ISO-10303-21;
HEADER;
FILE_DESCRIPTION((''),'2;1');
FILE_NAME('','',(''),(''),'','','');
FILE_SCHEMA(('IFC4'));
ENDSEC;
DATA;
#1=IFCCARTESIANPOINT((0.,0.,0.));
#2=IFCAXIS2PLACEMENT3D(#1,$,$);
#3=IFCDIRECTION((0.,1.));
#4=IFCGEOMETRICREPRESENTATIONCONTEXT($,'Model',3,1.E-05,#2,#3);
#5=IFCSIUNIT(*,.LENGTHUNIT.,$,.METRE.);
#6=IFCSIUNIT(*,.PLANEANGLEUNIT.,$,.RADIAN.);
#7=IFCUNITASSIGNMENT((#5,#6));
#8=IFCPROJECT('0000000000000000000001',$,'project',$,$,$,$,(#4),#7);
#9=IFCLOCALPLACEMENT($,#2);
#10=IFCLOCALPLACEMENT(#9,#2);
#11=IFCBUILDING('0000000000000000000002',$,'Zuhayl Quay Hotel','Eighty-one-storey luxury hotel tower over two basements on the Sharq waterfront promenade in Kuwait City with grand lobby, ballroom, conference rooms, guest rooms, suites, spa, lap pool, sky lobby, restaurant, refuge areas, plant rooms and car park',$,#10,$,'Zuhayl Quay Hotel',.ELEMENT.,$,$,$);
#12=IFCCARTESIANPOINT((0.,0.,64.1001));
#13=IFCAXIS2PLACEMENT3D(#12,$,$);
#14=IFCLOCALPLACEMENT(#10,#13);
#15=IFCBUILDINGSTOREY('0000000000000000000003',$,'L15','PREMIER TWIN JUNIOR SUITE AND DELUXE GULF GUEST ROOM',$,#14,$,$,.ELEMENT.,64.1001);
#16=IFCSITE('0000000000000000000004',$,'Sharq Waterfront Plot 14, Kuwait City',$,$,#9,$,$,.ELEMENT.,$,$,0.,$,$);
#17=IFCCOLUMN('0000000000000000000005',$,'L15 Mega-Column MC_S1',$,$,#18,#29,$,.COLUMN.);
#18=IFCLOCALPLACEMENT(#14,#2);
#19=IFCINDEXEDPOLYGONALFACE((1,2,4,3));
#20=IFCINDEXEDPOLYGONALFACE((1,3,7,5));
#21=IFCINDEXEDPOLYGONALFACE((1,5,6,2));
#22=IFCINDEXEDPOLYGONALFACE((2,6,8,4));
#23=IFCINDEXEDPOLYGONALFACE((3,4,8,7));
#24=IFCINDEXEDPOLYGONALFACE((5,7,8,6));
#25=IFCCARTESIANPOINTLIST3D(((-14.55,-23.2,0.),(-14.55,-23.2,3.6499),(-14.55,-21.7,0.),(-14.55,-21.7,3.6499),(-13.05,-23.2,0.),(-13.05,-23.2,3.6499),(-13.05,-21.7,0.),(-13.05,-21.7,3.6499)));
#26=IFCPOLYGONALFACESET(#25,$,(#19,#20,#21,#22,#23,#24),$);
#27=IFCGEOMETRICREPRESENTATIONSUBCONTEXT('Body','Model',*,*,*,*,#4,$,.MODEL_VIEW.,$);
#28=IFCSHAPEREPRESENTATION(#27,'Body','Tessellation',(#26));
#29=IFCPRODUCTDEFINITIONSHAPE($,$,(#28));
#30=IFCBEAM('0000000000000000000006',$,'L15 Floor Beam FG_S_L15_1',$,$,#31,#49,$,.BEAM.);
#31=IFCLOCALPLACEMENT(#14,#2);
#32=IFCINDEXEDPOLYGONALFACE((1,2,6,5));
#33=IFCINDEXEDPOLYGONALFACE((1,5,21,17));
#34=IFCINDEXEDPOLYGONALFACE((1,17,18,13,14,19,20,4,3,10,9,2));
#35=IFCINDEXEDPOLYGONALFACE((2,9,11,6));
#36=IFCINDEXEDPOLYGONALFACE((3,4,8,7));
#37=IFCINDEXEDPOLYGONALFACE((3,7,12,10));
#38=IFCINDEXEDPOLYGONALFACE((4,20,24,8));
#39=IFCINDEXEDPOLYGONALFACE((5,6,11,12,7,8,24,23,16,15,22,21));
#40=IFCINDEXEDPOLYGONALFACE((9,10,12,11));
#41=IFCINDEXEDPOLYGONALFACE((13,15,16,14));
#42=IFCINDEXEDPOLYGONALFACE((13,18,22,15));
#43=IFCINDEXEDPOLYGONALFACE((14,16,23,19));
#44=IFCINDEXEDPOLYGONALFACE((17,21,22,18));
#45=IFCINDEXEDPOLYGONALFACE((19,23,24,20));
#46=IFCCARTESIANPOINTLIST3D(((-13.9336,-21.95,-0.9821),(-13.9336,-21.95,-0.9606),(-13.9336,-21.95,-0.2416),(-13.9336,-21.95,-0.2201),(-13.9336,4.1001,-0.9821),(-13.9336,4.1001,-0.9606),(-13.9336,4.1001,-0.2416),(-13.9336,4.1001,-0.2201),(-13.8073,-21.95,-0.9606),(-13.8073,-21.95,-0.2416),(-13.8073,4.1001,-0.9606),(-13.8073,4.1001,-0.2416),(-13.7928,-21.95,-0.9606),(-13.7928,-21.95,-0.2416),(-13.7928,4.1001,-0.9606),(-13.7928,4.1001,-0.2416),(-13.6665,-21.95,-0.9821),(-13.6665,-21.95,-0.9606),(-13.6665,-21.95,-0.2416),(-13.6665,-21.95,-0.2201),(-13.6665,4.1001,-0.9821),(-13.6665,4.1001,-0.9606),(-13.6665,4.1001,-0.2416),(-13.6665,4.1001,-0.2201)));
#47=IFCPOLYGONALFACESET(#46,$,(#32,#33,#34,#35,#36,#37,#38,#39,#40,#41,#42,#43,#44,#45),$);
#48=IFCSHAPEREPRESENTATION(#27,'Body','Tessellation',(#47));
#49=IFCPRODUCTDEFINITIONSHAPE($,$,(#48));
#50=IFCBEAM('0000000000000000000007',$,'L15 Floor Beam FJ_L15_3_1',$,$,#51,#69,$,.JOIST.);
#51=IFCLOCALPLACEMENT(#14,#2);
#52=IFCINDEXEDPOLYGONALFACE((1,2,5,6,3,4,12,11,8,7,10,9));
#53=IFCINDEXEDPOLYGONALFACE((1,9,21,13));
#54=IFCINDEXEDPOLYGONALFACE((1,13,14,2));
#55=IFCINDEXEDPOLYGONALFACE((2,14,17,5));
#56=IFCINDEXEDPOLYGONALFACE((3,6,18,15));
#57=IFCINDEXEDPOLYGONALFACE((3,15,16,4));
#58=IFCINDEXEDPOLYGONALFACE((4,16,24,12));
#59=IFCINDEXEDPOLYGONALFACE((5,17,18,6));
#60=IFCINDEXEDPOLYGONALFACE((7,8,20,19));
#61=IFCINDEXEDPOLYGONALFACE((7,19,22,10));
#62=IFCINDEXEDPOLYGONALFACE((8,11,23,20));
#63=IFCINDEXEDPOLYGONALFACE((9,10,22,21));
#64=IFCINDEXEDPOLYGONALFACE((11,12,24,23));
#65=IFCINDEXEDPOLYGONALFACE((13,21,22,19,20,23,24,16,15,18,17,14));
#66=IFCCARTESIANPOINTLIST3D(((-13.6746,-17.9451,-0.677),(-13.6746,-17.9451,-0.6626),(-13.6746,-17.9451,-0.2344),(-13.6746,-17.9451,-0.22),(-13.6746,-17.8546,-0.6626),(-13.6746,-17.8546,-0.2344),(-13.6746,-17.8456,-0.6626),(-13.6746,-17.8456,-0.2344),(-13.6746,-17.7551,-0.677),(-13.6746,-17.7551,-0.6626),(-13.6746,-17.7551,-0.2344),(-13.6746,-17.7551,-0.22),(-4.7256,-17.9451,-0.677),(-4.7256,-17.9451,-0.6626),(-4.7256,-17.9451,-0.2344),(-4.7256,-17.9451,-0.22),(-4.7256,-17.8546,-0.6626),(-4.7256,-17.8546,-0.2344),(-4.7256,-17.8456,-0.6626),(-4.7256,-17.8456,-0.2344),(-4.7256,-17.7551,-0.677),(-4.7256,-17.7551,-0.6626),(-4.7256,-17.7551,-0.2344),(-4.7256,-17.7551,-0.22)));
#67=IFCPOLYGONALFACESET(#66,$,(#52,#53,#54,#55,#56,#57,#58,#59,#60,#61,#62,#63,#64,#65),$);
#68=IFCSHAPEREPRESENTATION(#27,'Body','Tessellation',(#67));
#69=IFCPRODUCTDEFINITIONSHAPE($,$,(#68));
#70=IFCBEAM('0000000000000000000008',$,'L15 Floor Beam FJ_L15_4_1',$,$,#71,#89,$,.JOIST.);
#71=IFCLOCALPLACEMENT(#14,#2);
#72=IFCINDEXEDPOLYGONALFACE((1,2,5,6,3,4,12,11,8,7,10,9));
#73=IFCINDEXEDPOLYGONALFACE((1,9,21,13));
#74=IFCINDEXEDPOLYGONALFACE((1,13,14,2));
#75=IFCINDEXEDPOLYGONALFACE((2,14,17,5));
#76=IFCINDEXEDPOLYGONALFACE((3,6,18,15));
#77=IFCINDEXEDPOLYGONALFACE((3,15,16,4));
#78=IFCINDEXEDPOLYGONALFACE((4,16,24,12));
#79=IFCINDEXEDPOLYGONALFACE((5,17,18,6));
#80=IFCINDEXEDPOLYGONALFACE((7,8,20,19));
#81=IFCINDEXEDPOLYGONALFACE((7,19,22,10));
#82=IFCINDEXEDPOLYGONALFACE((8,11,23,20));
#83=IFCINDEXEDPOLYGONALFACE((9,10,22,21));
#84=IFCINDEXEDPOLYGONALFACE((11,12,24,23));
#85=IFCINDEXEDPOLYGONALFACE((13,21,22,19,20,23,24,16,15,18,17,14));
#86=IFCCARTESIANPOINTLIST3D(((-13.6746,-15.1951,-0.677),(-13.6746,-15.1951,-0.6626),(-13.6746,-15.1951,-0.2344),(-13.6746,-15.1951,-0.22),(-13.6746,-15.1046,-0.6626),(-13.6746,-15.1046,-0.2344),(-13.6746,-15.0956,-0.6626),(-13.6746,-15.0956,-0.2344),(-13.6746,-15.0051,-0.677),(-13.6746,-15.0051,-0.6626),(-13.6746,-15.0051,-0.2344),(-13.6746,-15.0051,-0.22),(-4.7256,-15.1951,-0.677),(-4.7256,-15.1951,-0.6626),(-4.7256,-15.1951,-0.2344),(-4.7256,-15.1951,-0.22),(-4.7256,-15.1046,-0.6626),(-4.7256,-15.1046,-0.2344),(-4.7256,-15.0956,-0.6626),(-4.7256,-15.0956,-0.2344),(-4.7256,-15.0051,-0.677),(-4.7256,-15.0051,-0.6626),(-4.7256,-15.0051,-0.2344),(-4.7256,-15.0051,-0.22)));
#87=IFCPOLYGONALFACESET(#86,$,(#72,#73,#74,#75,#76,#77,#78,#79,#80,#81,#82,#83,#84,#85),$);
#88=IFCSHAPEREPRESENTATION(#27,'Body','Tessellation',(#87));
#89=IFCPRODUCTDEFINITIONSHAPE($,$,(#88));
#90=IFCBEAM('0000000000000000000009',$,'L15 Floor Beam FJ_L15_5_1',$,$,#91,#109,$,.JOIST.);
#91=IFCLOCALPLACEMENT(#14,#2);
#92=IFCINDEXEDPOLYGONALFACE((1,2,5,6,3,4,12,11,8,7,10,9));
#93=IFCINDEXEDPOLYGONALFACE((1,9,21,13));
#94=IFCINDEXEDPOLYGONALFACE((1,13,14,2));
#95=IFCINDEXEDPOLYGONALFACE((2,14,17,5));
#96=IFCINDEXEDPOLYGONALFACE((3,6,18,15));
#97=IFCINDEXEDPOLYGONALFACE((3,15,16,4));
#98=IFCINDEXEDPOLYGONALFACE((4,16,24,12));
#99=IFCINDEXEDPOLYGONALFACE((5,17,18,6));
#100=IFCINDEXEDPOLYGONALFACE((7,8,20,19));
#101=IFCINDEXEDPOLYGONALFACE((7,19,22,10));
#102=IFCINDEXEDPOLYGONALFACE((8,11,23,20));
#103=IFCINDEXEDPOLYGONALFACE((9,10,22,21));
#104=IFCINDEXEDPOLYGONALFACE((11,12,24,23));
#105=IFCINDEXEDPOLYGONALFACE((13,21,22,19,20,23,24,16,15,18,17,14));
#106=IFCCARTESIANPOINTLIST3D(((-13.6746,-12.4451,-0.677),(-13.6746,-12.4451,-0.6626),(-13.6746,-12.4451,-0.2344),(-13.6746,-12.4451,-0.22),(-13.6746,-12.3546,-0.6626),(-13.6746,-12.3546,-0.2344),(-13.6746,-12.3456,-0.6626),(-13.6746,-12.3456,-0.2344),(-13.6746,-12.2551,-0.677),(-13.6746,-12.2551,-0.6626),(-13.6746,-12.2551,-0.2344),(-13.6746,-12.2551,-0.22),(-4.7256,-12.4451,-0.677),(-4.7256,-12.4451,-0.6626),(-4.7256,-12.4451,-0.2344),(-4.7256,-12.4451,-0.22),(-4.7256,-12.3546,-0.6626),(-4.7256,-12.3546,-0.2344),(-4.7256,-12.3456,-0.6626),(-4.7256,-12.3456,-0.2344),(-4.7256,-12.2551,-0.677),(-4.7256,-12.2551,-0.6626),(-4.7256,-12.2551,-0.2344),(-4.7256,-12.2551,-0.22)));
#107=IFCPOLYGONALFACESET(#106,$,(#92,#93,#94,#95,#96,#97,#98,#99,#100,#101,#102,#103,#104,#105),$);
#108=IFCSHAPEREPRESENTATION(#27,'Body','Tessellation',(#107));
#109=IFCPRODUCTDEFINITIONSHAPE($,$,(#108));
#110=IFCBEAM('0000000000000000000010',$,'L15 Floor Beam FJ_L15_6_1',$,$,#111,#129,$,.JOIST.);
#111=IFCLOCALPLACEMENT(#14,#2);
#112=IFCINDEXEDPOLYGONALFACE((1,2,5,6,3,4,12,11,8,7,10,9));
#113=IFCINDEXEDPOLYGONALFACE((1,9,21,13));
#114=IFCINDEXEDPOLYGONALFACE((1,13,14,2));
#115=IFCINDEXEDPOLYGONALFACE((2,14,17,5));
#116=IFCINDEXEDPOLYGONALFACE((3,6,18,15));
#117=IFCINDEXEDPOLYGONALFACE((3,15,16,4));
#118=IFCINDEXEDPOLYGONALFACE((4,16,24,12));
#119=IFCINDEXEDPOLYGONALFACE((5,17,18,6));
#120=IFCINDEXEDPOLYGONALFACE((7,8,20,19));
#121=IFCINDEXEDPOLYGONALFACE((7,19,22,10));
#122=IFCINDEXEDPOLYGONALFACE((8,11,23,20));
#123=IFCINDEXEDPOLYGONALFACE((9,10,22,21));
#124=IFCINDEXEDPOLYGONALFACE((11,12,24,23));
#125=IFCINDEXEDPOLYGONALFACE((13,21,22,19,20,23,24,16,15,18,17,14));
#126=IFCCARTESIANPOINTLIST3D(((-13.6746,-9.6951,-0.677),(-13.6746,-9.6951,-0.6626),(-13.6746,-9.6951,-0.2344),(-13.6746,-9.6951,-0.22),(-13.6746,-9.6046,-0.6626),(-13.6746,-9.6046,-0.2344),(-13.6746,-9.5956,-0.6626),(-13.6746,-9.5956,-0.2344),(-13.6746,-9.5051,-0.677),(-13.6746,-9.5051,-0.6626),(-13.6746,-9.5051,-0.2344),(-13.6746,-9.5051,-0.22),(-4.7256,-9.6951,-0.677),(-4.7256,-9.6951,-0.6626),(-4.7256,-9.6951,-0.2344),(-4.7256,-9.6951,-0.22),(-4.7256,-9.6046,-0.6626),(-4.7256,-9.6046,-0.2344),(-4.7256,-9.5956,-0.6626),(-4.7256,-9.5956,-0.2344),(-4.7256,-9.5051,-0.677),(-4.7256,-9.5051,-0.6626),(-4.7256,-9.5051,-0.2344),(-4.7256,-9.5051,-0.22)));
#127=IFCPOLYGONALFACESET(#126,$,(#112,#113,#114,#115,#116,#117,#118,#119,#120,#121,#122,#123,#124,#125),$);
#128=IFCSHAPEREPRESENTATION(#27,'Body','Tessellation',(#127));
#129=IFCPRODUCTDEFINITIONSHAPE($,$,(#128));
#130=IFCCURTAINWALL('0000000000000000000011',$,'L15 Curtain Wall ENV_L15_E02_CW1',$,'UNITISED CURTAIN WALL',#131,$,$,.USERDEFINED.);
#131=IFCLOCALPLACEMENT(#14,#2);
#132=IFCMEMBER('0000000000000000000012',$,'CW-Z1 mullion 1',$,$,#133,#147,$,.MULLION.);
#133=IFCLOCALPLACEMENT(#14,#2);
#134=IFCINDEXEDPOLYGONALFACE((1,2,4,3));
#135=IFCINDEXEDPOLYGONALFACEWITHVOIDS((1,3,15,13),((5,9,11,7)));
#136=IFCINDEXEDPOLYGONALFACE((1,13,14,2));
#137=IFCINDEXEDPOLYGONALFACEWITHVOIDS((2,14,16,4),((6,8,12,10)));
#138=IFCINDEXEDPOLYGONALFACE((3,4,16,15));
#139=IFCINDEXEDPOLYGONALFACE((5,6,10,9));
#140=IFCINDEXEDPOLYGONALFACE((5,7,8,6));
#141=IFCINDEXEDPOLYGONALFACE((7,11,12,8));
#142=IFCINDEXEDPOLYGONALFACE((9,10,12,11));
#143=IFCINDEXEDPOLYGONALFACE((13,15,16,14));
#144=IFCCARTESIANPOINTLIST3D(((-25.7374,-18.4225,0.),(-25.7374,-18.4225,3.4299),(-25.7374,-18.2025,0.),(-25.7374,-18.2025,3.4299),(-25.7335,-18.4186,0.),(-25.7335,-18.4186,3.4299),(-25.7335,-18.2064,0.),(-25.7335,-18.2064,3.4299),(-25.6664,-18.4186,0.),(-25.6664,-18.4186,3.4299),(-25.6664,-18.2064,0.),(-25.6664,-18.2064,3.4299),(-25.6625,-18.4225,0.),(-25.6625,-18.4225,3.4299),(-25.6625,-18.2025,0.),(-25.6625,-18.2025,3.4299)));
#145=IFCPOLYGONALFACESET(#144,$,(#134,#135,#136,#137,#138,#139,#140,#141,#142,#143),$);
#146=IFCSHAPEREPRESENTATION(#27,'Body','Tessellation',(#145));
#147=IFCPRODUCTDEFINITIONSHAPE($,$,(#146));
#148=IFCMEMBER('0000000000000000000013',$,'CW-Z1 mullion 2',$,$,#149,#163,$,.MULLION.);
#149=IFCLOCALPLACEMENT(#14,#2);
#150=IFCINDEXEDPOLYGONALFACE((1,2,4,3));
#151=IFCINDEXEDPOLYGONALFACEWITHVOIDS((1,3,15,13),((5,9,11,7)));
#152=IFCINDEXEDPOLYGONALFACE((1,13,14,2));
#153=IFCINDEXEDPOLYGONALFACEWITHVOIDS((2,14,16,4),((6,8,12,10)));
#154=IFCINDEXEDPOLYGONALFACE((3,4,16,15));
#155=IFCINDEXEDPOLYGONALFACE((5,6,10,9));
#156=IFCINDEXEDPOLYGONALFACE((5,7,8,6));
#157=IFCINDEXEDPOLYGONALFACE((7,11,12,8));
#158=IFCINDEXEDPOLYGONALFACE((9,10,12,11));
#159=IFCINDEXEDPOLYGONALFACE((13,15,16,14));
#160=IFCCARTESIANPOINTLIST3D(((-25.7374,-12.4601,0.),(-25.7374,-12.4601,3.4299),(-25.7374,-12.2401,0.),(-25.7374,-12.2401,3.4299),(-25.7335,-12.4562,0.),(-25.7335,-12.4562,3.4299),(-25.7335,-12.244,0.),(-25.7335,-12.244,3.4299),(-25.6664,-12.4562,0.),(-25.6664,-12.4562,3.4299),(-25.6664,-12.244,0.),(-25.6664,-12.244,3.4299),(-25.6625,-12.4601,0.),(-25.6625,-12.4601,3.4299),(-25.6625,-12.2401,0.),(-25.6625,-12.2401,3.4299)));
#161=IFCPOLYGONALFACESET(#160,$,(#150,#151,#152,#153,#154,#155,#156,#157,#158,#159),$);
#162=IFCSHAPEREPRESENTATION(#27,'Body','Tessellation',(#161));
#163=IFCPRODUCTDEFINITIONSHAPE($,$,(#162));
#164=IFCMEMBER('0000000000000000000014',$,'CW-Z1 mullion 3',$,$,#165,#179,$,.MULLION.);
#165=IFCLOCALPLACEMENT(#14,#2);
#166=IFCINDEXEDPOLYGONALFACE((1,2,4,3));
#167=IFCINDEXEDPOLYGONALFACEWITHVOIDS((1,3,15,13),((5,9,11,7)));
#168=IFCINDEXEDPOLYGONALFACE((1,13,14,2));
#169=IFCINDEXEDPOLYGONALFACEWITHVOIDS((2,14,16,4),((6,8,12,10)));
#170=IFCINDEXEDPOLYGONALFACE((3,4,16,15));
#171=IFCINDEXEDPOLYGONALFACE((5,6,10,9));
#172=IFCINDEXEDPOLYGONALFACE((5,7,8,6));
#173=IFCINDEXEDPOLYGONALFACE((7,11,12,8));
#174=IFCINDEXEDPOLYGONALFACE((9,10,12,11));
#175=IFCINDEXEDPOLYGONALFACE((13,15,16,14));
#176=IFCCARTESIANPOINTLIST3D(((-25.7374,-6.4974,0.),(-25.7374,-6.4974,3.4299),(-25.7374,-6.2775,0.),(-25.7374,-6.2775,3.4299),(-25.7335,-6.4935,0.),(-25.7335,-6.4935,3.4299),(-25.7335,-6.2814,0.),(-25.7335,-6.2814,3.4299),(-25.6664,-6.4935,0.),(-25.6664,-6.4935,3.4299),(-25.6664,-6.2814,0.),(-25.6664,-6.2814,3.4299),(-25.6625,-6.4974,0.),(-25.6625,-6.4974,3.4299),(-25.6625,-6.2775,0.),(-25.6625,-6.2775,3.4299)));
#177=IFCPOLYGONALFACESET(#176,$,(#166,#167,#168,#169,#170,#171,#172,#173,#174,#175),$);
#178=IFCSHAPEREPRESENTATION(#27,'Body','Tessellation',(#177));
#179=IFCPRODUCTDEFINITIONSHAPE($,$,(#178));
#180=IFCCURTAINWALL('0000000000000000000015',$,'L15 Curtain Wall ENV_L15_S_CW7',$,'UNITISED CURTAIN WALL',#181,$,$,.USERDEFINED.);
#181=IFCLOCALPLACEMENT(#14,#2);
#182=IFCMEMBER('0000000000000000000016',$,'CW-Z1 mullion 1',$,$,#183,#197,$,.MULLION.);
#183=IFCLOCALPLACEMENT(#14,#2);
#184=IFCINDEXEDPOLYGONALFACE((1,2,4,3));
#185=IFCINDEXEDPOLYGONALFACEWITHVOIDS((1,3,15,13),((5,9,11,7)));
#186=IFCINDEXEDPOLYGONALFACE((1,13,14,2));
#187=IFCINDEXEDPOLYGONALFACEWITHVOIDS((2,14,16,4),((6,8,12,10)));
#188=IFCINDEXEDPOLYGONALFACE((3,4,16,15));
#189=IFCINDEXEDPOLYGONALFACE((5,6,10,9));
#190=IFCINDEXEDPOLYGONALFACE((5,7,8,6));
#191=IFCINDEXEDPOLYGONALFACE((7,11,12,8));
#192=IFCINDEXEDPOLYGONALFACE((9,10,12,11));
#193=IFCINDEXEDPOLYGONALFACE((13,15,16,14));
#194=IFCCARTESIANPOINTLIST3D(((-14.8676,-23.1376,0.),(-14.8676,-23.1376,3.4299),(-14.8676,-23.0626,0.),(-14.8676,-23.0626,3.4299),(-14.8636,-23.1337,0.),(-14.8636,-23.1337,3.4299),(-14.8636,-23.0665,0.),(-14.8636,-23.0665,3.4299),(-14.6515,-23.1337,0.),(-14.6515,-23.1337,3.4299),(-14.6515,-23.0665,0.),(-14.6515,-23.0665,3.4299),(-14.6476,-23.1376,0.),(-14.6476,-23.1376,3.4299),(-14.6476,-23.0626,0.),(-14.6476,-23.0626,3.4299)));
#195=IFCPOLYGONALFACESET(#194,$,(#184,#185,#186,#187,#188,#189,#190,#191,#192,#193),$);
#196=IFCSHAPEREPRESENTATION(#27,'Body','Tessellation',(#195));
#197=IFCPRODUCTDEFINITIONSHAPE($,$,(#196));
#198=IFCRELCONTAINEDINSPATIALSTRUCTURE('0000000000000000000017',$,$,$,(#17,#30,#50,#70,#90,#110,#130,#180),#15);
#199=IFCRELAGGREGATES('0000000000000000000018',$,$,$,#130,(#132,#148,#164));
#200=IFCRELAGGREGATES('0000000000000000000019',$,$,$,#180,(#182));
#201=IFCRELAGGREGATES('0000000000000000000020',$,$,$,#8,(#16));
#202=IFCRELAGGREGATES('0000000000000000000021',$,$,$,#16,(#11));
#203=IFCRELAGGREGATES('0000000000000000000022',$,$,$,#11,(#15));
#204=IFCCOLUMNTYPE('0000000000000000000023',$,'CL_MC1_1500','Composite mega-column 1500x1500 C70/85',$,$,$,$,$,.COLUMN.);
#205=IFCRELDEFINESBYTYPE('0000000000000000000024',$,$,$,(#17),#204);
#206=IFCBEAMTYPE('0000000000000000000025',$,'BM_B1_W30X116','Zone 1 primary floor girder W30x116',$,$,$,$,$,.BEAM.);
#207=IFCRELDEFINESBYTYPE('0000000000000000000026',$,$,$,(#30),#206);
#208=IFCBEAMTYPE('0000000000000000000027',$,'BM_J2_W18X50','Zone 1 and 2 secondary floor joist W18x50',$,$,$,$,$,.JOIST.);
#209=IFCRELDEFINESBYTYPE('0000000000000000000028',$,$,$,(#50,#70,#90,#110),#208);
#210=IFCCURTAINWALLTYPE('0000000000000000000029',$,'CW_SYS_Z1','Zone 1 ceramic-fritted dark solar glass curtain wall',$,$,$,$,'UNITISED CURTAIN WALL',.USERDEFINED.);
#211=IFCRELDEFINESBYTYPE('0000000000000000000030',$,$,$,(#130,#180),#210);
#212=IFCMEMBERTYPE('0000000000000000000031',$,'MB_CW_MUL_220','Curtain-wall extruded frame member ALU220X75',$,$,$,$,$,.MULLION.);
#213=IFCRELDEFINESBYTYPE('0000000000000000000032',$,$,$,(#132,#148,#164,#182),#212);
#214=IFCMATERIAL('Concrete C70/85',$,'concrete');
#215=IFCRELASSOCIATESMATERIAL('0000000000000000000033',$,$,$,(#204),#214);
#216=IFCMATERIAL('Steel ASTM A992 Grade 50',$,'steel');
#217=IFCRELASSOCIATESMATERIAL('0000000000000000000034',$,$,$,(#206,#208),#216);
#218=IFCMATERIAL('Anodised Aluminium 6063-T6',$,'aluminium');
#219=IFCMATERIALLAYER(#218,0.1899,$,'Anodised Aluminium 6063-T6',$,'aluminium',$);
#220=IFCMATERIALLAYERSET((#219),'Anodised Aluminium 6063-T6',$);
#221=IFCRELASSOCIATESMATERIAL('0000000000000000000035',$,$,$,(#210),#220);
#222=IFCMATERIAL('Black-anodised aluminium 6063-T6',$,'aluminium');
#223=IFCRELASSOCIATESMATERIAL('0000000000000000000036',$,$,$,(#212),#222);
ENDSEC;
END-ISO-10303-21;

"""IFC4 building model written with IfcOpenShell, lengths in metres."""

from ifc_helpers import new_model, si_unit, direction, frame, origin, origin_2d, place, context, subcontext, project, spatial, rectangle, hollow_rectangle, i_section, extrude, material, layer, layer_set, material_profile, profile_set, type_object, element, aggregate, save


model = new_model("IFC4")

# Units and contexts
model_context = context("Model", 3, precision=1e-05, world=origin(), true_north=direction((0.0, 1.0)))
body_context = subcontext(model_context, "Body", "Model", "MODEL_VIEW")
ifc_project = project(units=[si_unit("LENGTHUNIT", "METRE"), si_unit("PLANEANGLEUNIT", "RADIAN")], contexts=[model_context])

# Site, building, storey
site_placement = place(None, origin())
site = spatial("IfcSite", under=ifc_project, at=site_placement, Name="Sharq Waterfront Plot 14, Kuwait City", CompositionType="ELEMENT", RefElevation=0.0)
building_placement = place(site_placement, origin())
building = spatial("IfcBuilding", under=site, at=building_placement, Name="Zuhayl Quay Hotel", Description="Eighty-one-storey luxury hotel tower over two basements on the Sharq waterfront promenade in Kuwait City with grand lobby, ballroom, conference rooms, guest rooms, suites, spa, lap pool, sky lobby, restaurant, refuge areas, plant rooms and car park", LongName="Zuhayl Quay Hotel", CompositionType="ELEMENT")
storey_placement = place(building_placement, frame((0.0, 0.0, 64.1001)))
storey = spatial("IfcBuildingStorey", under=building, at=storey_placement, Name="L15", Description="PREMIER TWIN JUNIOR SUITE AND DELUXE GULF GUEST ROOM", CompositionType="ELEMENT", Elevation=64.1001)

# Column
ifc_material_1 = material(Name="Concrete C70/85", Category="concrete")
ifc_material_profile_1 = material_profile(ifc_material_1, rectangle(XDim=1.5, YDim=1.5, at=origin_2d()), Name="RC1500X1500")
ifc_profile_set_1 = profile_set([ifc_material_profile_1], Name="Concrete C70/85")
column_type = type_object("IfcColumnType", Name="CL_MC1_1500", Description="Composite mega-column 1500x1500 C70/85", PredefinedType="COLUMN", material=ifc_profile_set_1)
column_placement = place(storey_placement, frame((-13.8, -22.45, 0.0), z_axis=(0.0, 0.0, 1.0), x_axis=(1.0, 0.0, 0.0)))
element("IfcColumn", 1, at=column_placement, inside=storey, type_object=column_type, Name="L15 Mega-Column MC_S1", PredefinedType="COLUMN", context=body_context, shape_type="SweptSolid", body=[
    extrude(rectangle(XDim=1.5, YDim=1.5, at=origin_2d()), origin(), (0.0, 0.0, 1.0), 3.6499),
])

# Beams
ifc_material_2 = material(Name="Steel ASTM A992 Grade 50", Category="steel")
ifc_material_profile_2 = material_profile(ifc_material_2, i_section(OverallWidth=0.2671, OverallDepth=0.762, WebThickness=0.0144, FlangeThickness=0.0215, at=origin_2d()), Name="W30X116")
ifc_profile_set_2 = profile_set([ifc_material_profile_2], Name="Steel ASTM A992 Grade 50")
beam_type_1 = type_object("IfcBeamType", Name="BM_B1_W30X116", Description="Zone 1 primary floor girder W30x116", PredefinedType="BEAM", material=ifc_profile_set_2)
beam_placement = place(storey_placement, frame((-13.8, -21.95, -0.6011), z_axis=(0.0, 1.0, 0.0), x_axis=(-1.0, 0.0, 0.0)))
element("IfcBeam", 2, at=beam_placement, inside=storey, type_object=beam_type_1, Name="L15 Floor Beam FG_S_L15_1", PredefinedType="BEAM", context=body_context, shape_type="SweptSolid", body=[
    extrude(i_section(OverallWidth=0.2671, OverallDepth=0.762, WebThickness=0.0144, FlangeThickness=0.0215, at=origin_2d()), origin(), (0.0, 0.0, 1.0), 26.05),
])
ifc_material_profile_3 = material_profile(ifc_material_2, i_section(OverallWidth=0.1899, OverallDepth=0.457, WebThickness=0.009, FlangeThickness=0.0144, at=origin_2d()), Name="W18X50")
ifc_profile_set_3 = profile_set([ifc_material_profile_3], Name="Steel ASTM A992 Grade 50")
beam_type_2 = type_object("IfcBeamType", Name="BM_J2_W18X50", Description="Zone 1 and 2 secondary floor joist W18x50", PredefinedType="JOIST", material=ifc_profile_set_3)
for number, where, z_axis, x_axis, name in (
    (3, (-13.6746, -17.8501, -0.4485), (1.0, 0.0, 0.0), (0.0, 1.0, 0.0), "L15 Floor Beam FJ_L15_3_1"),
    (4, (-13.6746, -15.1001, -0.4485), (1.0, 0.0, 0.0), (0.0, 1.0, 0.0), "L15 Floor Beam FJ_L15_4_1"),
    (5, (-13.6746, -12.3501, -0.4485), (1.0, 0.0, 0.0), (0.0, 1.0, 0.0), "L15 Floor Beam FJ_L15_5_1"),
    (6, (-13.6746, -9.6001, -0.4485), (1.0, 0.0, 0.0), (0.0, 1.0, 0.0), "L15 Floor Beam FJ_L15_6_1"),
):
    element("IfcBeam", number, at=place(storey_placement, frame(where, z_axis=z_axis, x_axis=x_axis)), inside=storey, type_object=beam_type_2, Name=name, PredefinedType="JOIST", context=body_context, shape_type="SweptSolid", body=[
        extrude(i_section(OverallWidth=0.1899, OverallDepth=0.457, WebThickness=0.009, FlangeThickness=0.0144, at=origin_2d()), origin(), (0.0, 0.0, 1.0), 8.949),
    ])

# Curtain walls, members
ifc_material_3 = material(Name="Anodised Aluminium 6063-T6", Category="aluminium")
ifc_layer_1 = layer(ifc_material_3, 0.1899, Name="Anodised Aluminium 6063-T6", Category="aluminium")
ifc_layer_set_1 = layer_set([ifc_layer_1], Name="Anodised Aluminium 6063-T6")
curtain_wall_type = type_object("IfcCurtainWallType", Name="CW_SYS_Z1", Description="Zone 1 ceramic-fritted dark solar glass curtain wall", ElementType="UNITISED CURTAIN WALL", PredefinedType="USERDEFINED", material=ifc_layer_set_1)
curtain_wall_1_placement = place(storey_placement, origin())
curtain_wall_1 = element("IfcCurtainWall", 7, at=curtain_wall_1_placement, inside=storey, type_object=curtain_wall_type, Name="L15 Curtain Wall ENV_L15_E02_CW1", ObjectType="UNITISED CURTAIN WALL", PredefinedType="USERDEFINED")
ifc_material_4 = material(Name="Black-anodised aluminium 6063-T6", Category="aluminium")
ifc_material_profile_4 = material_profile(ifc_material_4, hollow_rectangle(XDim=0.075, YDim=0.22, WallThickness=0.0039, at=origin_2d()), Name="ALU220X75")
ifc_profile_set_4 = profile_set([ifc_material_profile_4], Name="Black-anodised aluminium 6063-T6")
member_type_1 = type_object("IfcMemberType", Name="MB_CW_MUL_220", Description="Curtain-wall extruded frame member ALU220X75", PredefinedType="MULLION", material=ifc_profile_set_4)
member_1_placement = place(storey_placement, frame((-25.7, -18.3125, 0.0), z_axis=(0.0, 0.0, 1.0), x_axis=(-1.0, 0.0, 0.0)))
member_1 = element("IfcMember", 8, at=member_1_placement, type_object=member_type_1, Name="CW-Z1 mullion 1", PredefinedType="MULLION", context=body_context, shape_type="SweptSolid", body=[
    extrude(hollow_rectangle(XDim=0.075, YDim=0.22, WallThickness=0.0039, at=origin_2d()), origin(), (0.0, 0.0, 1.0), 3.4299),
])
member_2_placement = place(storey_placement, frame((-25.7, -12.3501, 0.0), z_axis=(0.0, 0.0, 1.0), x_axis=(-1.0, 0.0, 0.0)))
member_2 = element("IfcMember", 9, at=member_2_placement, type_object=member_type_1, Name="CW-Z1 mullion 2", PredefinedType="MULLION", context=body_context, shape_type="SweptSolid", body=[
    extrude(hollow_rectangle(XDim=0.075, YDim=0.22, WallThickness=0.0039, at=origin_2d()), origin(), (0.0, 0.0, 1.0), 3.4299),
])
member_3_placement = place(storey_placement, frame((-25.7, -6.3875, 0.0), z_axis=(0.0, 0.0, 1.0), x_axis=(-1.0, 0.0, 0.0)))
member_3 = element("IfcMember", 10, at=member_3_placement, type_object=member_type_1, Name="CW-Z1 mullion 3", PredefinedType="MULLION", context=body_context, shape_type="SweptSolid", body=[
    extrude(hollow_rectangle(XDim=0.075, YDim=0.22, WallThickness=0.0039, at=origin_2d()), origin(), (0.0, 0.0, 1.0), 3.4299),
])
curtain_wall_2_placement = place(storey_placement, origin())
curtain_wall_2 = element("IfcCurtainWall", 11, at=curtain_wall_2_placement, inside=storey, type_object=curtain_wall_type, Name="L15 Curtain Wall ENV_L15_S_CW7", ObjectType="UNITISED CURTAIN WALL", PredefinedType="USERDEFINED")
member_4_placement = place(storey_placement, frame((-14.7576, -23.1001, 0.0), z_axis=(0.0, 0.0, 1.0), x_axis=(0.0, -1.0, 0.0)))
member_4 = element("IfcMember", 12, at=member_4_placement, type_object=member_type_1, Name="CW-Z1 mullion 1", PredefinedType="MULLION", context=body_context, shape_type="SweptSolid", body=[
    extrude(hollow_rectangle(XDim=0.075, YDim=0.22, WallThickness=0.0039, at=origin_2d()), origin(), (0.0, 0.0, 1.0), 3.4299),
])

aggregate(curtain_wall_1, [member_1, member_2, member_3])
aggregate(curtain_wall_2, [member_4])

save(model, "model.ifc")
